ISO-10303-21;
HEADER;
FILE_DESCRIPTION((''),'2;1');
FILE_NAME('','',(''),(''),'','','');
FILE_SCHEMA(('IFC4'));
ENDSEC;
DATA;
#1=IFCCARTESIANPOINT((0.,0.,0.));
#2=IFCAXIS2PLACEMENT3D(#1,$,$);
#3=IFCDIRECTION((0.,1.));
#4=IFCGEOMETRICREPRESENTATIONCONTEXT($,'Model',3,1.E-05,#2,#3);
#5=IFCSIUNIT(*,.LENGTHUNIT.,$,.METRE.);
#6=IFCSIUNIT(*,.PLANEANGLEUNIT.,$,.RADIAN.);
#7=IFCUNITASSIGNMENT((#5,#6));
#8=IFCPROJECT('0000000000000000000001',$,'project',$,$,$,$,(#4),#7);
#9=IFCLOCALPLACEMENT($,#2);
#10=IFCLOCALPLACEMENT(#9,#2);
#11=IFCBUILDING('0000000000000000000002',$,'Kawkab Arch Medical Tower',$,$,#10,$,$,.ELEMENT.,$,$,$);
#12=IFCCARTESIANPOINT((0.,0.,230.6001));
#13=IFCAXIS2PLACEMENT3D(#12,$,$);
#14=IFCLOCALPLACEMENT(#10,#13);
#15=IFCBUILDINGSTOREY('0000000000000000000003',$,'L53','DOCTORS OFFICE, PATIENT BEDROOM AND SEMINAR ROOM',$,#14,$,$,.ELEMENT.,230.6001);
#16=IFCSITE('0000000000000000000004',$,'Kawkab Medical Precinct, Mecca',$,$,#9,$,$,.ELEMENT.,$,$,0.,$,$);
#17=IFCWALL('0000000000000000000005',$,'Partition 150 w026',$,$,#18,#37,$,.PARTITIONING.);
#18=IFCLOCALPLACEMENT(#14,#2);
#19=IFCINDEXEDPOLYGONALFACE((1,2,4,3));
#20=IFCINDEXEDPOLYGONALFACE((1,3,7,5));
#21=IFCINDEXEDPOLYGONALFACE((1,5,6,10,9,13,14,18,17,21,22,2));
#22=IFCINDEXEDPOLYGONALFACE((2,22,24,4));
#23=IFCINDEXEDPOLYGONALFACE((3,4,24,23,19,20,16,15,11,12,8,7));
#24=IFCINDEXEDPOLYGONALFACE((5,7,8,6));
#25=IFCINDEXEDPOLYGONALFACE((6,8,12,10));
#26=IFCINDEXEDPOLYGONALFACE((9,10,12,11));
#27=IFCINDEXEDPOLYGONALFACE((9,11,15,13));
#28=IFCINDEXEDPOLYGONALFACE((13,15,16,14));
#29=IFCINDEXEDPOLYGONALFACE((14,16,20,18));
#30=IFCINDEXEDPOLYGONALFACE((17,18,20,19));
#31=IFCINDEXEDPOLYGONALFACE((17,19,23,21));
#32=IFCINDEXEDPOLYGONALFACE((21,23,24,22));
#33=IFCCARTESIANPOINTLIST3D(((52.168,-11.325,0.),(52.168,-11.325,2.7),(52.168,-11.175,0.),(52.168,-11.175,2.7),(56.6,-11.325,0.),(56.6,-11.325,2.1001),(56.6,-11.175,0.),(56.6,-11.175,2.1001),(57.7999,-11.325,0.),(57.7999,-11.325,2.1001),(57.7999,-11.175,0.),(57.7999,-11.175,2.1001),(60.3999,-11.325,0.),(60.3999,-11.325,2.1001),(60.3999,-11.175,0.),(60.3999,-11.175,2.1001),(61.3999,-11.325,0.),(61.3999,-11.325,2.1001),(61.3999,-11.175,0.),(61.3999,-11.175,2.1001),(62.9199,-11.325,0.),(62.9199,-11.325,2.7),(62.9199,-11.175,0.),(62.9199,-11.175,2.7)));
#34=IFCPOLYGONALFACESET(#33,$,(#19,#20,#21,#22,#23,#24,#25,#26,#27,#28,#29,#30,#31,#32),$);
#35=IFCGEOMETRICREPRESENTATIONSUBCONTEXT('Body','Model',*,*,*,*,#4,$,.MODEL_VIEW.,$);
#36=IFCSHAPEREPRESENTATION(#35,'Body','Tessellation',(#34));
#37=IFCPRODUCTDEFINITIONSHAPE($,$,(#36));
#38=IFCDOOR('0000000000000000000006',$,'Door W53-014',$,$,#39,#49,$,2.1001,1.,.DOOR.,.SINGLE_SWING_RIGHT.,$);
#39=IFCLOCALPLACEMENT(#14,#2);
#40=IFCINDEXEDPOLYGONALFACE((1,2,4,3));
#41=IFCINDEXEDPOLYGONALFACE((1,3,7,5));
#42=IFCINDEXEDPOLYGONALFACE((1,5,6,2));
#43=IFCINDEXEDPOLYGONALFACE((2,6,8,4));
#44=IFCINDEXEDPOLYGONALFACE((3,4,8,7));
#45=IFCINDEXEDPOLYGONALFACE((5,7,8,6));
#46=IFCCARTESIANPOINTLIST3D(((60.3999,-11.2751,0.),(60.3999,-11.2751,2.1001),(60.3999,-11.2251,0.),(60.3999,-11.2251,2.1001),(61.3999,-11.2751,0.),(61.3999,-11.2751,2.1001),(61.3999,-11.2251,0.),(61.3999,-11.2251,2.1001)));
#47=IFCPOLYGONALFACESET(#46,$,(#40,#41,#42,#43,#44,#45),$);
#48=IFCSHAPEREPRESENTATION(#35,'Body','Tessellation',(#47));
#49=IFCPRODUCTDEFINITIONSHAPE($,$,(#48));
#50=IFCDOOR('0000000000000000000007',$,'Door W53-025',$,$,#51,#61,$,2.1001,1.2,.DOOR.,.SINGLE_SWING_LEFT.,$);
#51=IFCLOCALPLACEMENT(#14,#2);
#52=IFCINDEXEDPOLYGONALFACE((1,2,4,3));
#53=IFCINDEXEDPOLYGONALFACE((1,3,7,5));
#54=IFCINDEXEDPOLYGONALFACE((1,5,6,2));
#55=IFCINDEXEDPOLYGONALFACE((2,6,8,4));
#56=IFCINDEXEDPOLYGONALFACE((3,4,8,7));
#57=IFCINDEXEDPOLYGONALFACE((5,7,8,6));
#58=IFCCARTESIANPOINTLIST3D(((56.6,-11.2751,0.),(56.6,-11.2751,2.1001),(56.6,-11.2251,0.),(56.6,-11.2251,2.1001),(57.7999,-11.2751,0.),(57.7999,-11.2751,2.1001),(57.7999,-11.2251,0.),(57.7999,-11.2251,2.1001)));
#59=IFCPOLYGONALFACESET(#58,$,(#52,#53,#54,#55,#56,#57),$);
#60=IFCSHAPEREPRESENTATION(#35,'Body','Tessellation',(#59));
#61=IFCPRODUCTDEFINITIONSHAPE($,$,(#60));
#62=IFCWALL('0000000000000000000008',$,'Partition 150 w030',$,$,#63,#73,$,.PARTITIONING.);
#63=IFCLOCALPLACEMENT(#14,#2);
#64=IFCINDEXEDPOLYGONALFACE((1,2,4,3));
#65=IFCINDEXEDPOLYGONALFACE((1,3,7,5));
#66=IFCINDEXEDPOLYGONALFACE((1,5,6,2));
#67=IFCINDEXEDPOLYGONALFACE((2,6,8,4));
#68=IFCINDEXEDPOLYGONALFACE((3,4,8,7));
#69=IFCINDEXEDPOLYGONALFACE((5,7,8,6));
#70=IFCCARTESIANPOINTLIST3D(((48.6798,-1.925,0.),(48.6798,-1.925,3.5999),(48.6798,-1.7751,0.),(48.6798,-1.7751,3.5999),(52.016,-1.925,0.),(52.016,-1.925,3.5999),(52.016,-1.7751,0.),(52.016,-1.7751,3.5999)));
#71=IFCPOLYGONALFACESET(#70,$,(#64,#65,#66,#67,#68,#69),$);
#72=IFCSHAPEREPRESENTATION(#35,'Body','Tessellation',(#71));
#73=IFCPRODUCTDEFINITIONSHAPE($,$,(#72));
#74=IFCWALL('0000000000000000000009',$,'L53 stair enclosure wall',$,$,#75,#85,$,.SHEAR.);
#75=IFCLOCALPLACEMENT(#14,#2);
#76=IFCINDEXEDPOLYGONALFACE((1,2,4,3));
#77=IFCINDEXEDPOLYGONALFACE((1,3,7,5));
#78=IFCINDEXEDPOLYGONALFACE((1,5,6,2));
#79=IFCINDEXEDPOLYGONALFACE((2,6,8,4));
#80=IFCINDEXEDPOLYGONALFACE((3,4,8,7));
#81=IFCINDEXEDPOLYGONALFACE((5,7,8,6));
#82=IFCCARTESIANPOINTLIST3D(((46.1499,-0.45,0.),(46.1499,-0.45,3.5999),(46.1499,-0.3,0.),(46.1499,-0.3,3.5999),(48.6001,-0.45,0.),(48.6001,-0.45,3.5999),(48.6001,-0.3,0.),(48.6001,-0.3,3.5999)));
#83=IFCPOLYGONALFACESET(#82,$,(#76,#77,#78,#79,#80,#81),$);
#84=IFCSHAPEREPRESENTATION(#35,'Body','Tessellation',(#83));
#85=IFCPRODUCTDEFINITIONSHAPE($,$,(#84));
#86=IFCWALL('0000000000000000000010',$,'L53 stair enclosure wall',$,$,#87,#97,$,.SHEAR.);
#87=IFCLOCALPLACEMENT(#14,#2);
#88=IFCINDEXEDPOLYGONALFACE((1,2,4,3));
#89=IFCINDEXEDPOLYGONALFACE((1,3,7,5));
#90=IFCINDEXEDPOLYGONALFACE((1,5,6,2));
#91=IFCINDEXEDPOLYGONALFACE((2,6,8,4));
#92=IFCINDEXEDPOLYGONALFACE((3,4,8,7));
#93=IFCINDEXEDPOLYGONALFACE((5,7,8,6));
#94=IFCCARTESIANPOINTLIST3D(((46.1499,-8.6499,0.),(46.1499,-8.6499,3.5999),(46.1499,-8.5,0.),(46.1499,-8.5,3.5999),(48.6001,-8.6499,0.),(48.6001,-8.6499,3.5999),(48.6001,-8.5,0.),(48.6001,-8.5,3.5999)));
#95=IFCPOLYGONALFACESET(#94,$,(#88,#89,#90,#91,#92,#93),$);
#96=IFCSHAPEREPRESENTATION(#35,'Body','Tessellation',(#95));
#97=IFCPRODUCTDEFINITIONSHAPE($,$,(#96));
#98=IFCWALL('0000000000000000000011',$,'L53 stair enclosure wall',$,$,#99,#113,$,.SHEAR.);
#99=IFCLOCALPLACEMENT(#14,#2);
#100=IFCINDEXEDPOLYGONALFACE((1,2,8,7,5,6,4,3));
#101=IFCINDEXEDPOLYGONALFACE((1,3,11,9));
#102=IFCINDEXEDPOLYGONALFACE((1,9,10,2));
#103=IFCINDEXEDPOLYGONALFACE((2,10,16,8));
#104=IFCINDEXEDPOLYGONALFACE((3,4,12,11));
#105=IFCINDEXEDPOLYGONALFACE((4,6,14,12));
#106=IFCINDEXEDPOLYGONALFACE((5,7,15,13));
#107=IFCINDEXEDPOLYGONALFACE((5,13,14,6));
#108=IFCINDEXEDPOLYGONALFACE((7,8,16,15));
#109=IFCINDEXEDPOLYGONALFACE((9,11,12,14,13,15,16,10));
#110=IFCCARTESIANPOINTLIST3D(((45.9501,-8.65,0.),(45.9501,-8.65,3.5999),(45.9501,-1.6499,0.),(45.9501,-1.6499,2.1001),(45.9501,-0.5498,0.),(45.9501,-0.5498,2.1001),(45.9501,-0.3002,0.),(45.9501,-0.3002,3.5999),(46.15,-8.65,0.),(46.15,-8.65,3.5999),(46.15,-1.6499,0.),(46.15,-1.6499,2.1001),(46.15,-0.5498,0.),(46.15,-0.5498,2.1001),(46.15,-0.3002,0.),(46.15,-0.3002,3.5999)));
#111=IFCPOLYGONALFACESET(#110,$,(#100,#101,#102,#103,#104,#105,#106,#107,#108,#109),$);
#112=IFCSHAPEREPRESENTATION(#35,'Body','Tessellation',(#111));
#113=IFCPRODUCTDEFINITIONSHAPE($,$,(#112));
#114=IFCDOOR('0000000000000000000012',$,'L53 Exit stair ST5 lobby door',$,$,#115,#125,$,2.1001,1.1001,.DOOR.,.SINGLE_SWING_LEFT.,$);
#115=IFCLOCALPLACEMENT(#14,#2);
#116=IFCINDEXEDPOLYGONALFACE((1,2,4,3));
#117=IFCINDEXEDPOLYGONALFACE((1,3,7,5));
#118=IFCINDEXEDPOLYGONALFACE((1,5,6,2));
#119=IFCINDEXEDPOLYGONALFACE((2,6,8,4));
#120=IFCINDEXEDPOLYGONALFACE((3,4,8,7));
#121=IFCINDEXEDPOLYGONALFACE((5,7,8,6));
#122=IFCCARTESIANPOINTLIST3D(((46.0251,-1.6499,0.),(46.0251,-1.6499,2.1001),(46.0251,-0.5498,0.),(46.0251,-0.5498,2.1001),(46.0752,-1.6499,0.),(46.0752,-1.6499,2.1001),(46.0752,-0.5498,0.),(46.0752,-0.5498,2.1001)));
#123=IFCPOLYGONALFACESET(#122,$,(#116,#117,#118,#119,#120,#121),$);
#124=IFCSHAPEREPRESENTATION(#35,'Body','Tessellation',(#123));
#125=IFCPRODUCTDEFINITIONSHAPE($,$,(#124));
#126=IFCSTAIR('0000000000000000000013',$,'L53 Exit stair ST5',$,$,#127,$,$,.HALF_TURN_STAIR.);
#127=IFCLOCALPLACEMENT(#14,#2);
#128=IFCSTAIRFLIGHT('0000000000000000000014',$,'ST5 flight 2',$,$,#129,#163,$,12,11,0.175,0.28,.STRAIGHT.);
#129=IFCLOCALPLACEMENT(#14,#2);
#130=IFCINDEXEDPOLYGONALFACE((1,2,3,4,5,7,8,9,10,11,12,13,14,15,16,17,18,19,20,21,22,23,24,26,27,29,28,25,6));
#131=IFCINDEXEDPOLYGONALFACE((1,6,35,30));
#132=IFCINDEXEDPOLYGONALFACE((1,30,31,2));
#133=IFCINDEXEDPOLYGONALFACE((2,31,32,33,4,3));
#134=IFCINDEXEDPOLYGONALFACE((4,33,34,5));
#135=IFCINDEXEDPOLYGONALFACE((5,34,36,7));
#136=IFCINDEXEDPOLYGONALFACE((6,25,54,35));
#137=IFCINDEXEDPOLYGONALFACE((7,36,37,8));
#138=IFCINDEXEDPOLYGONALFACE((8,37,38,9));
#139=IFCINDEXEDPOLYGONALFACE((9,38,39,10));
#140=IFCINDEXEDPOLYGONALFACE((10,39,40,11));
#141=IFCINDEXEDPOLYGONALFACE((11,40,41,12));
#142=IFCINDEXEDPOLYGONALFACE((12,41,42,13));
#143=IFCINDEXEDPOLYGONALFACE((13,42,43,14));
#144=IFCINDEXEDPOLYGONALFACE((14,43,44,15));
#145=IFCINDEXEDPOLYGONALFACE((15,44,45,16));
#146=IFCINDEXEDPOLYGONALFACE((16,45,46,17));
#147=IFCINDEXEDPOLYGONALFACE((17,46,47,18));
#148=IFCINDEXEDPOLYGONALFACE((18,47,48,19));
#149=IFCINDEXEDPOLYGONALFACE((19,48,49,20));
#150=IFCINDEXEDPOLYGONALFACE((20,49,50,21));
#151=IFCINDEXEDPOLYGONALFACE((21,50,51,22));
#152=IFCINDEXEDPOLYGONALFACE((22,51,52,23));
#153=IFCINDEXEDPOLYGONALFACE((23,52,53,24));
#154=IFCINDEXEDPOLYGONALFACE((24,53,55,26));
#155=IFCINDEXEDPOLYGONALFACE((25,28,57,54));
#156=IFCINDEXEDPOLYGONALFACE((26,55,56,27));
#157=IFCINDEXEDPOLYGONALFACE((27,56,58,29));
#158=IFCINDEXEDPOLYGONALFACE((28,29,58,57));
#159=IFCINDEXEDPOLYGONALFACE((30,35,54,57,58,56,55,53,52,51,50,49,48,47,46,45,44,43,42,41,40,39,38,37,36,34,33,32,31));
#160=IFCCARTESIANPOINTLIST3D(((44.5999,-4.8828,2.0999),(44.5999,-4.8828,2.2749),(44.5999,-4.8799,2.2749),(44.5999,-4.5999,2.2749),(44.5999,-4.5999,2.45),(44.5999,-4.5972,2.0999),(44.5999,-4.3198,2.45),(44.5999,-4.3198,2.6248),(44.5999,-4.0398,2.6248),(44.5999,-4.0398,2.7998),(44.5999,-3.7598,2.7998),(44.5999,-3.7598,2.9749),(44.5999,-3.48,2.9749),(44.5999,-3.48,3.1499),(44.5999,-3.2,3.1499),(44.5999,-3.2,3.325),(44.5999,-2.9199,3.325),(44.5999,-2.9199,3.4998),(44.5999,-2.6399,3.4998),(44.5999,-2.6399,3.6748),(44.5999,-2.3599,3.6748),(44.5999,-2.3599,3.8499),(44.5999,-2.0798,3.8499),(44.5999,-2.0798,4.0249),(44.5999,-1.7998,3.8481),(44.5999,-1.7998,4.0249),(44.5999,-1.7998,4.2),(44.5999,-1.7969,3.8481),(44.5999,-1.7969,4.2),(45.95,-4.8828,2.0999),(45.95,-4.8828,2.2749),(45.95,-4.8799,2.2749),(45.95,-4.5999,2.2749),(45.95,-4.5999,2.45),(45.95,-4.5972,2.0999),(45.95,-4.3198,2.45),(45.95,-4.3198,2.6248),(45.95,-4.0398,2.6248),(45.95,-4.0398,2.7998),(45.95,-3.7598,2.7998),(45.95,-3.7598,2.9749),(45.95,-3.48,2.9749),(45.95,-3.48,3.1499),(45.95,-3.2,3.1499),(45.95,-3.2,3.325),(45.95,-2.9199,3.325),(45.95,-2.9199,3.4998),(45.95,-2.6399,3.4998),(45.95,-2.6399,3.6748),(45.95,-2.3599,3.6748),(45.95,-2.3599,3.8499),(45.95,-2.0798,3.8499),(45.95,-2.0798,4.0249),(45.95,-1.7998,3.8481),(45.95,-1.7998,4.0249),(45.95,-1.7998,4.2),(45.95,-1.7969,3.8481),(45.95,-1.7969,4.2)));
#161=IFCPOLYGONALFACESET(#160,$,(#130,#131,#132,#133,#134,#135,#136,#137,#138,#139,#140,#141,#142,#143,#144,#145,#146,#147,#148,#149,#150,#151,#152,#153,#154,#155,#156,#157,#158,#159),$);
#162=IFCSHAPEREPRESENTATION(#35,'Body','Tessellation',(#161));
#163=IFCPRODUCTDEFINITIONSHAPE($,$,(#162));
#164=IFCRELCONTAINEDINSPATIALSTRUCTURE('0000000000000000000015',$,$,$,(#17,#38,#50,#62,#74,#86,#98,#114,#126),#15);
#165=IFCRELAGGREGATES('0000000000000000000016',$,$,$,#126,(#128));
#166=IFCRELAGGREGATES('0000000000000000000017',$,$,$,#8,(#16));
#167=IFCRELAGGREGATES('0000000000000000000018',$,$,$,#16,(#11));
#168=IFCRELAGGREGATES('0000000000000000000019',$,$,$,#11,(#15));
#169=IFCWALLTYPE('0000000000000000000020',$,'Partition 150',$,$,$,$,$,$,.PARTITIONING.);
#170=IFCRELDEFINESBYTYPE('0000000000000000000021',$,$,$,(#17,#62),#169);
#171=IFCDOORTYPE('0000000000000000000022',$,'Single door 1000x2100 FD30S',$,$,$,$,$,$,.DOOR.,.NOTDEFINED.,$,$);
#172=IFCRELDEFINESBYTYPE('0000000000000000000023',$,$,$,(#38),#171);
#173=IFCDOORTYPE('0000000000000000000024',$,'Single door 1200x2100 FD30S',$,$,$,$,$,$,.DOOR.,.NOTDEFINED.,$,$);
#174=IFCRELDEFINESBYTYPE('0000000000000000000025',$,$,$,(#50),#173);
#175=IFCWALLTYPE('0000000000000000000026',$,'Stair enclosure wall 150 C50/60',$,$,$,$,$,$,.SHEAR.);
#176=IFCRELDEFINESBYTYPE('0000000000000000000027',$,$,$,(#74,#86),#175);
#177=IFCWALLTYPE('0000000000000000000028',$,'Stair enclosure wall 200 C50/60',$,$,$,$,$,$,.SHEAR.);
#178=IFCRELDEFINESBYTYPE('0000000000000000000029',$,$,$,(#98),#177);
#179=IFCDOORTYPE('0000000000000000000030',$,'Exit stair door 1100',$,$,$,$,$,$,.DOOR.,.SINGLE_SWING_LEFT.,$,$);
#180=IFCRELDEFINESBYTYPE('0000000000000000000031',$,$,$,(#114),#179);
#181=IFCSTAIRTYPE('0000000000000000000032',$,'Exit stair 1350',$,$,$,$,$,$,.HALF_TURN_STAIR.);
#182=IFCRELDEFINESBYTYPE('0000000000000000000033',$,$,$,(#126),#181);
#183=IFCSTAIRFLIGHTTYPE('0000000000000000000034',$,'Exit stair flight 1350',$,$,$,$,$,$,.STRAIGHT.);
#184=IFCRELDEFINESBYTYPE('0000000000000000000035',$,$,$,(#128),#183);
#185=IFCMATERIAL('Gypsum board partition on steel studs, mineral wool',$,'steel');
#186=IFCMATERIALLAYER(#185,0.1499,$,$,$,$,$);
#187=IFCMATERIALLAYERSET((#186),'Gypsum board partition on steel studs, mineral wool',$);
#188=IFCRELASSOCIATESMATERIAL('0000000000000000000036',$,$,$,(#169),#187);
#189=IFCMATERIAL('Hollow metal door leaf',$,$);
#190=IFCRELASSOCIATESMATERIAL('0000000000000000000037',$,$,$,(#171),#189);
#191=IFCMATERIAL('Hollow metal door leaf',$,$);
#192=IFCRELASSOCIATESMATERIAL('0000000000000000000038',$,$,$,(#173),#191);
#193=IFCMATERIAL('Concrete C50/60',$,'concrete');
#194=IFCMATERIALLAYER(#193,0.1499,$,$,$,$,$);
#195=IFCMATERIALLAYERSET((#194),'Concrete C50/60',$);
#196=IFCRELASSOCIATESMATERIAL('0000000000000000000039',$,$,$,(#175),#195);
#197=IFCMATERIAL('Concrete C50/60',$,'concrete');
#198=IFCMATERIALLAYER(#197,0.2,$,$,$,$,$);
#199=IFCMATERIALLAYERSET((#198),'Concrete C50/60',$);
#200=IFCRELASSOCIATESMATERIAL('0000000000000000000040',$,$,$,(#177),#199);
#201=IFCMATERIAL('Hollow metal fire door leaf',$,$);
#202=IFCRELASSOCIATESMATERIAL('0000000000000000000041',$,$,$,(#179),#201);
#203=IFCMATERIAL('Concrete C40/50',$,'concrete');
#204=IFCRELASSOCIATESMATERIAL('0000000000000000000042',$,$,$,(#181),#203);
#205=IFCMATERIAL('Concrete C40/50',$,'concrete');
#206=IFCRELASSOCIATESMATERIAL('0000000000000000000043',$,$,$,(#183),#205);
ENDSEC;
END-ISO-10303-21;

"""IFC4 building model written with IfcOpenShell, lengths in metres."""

from ifc_helpers import new_model, si_unit, direction, frame, frame_2d, origin, place, context, subcontext, project, spatial, polyline, rectangle, outline, extrude, material, layer, layer_set, type_object, element, fill, aggregate, save


model = new_model("IFC4")

# Units and contexts
model_context = context("Model", 3, precision=1e-05, world=origin(), true_north=direction((0.0, 1.0)))
body_context = subcontext(model_context, "Body", "Model", "MODEL_VIEW")
ifc_project = project(units=[si_unit("LENGTHUNIT", "METRE"), si_unit("PLANEANGLEUNIT", "RADIAN")], contexts=[model_context])

# Site, building, storey
site_placement = place(None, origin())
site = spatial("IfcSite", under=ifc_project, at=site_placement, Name="Kawkab Medical Precinct, Mecca", CompositionType="ELEMENT", RefElevation=0.0)
building_placement = place(site_placement, origin())
building = spatial("IfcBuilding", under=site, at=building_placement, Name="Kawkab Arch Medical Tower", CompositionType="ELEMENT")
storey_placement = place(building_placement, frame((0.0, 0.0, 230.6001)))
storey = spatial("IfcBuildingStorey", under=building, at=storey_placement, Name="L53", Description="DOCTORS OFFICE, PATIENT BEDROOM AND SEMINAR ROOM", CompositionType="ELEMENT", Elevation=230.6001)

# Shared definitions
placement = place(storey_placement, origin())

# Wall, openings, doors
ifc_material_1 = material(Name="Gypsum board partition on steel studs, mineral wool", Category="steel")
ifc_layer_1 = layer(ifc_material_1, 0.1499)
ifc_layer_set_1 = layer_set([ifc_layer_1], Name="Gypsum board partition on steel studs, mineral wool")
wall_type_1 = type_object("IfcWallType", Name="Partition 150", PredefinedType="PARTITIONING", material=ifc_layer_set_1)
wall_1_placement = place(storey_placement, frame((52.168, -11.25, 0.0), z_axis=(0.0, 0.0, 1.0), x_axis=(1.0, 0.0, 0.0)))
wall_1 = element("IfcWall", 1, at=wall_1_placement, inside=storey, type_object=wall_type_1, Name="Partition 150 w026", PredefinedType="PARTITIONING", context=body_context, shape_type="SweptSolid", body=[
    extrude(rectangle(XDim=10.752, YDim=0.1499, at=frame_2d((5.376, 0.0))), origin(), (0.0, 0.0, 1.0), 2.7),
])
opening_1_placement = place(wall_1_placement, frame((4.4319, 0.0, 0.0)))
opening_1 = element("IfcOpeningElement", 2, at=opening_1_placement, cuts=wall_1, PredefinedType="OPENING", context=body_context, shape_type="SweptSolid", body=[
    extrude(rectangle(XDim=1.2, YDim=2.1001, at=frame_2d((0.6001, 1.05))), frame((0.0, 0.085, 0.0), z_axis=(0.0, -1.0, 0.0), x_axis=(1.0, 0.0, 0.0)), (0.0, 0.0, 1.0), 0.1699),
])
opening_2_placement = place(wall_1_placement, frame((8.2319, 0.0, 0.0)))
opening_2 = element("IfcOpeningElement", 3, at=opening_2_placement, cuts=wall_1, PredefinedType="OPENING", context=body_context, shape_type="SweptSolid", body=[
    extrude(rectangle(XDim=1.0, YDim=2.1001, at=frame_2d((0.5, 1.05))), frame((0.0, 0.085, 0.0), z_axis=(0.0, -1.0, 0.0), x_axis=(1.0, 0.0, 0.0)), (0.0, 0.0, 1.0), 0.1699),
])
ifc_material_2 = material(Name="Hollow metal door leaf")
door_type_1 = type_object("IfcDoorType", Name="Single door 1000x2100 FD30S", OperationType="NOTDEFINED", PredefinedType="DOOR", material=ifc_material_2)
door_1_placement = place(opening_2_placement, origin())
door_1 = element("IfcDoor", 4, at=door_1_placement, inside=storey, type_object=door_type_1, Name="Door W53-014", OperationType="SINGLE_SWING_RIGHT", OverallHeight=2.1001, OverallWidth=1.0, PredefinedType="DOOR", context=body_context, shape_type="SweptSolid", body=[
    extrude(rectangle(XDim=1.0, YDim=2.1001, at=frame_2d((0.5, 1.05))), frame((0.0, 0.0249, 0.0), z_axis=(0.0, -1.0, 0.0), x_axis=(1.0, 0.0, 0.0)), (0.0, 0.0, 1.0), 0.05),
])
fill(opening_2, door_1)
ifc_material_3 = material(Name="Hollow metal door leaf")
door_type_2 = type_object("IfcDoorType", Name="Single door 1200x2100 FD30S", OperationType="NOTDEFINED", PredefinedType="DOOR", material=ifc_material_3)
door_2_placement = place(opening_1_placement, origin())
door_2 = element("IfcDoor", 5, at=door_2_placement, inside=storey, type_object=door_type_2, Name="Door W53-025", OperationType="SINGLE_SWING_LEFT", OverallHeight=2.1001, OverallWidth=1.2, PredefinedType="DOOR", context=body_context, shape_type="SweptSolid", body=[
    extrude(rectangle(XDim=1.2, YDim=2.1001, at=frame_2d((0.6001, 1.05))), frame((0.0, 0.0249, 0.0), z_axis=(0.0, -1.0, 0.0), x_axis=(1.0, 0.0, 0.0)), (0.0, 0.0, 1.0), 0.05),
])
fill(opening_1, door_2)

# Walls
wall_2_placement = place(storey_placement, frame((48.6799, -1.8501, 0.0), z_axis=(0.0, 0.0, 1.0), x_axis=(1.0, 0.0, 0.0)))
element("IfcWall", 6, at=wall_2_placement, inside=storey, type_object=wall_type_1, Name="Partition 150 w030", PredefinedType="PARTITIONING", context=body_context, shape_type="SweptSolid", body=[
    extrude(rectangle(XDim=3.3362, YDim=0.1499, at=frame_2d((1.668, 0.0))), origin(), (0.0, 0.0, 1.0), 3.5999),
])
ifc_material_4 = material(Name="Concrete C50/60", Category="concrete")
ifc_layer_2 = layer(ifc_material_4, 0.1499)
ifc_layer_set_2 = layer_set([ifc_layer_2], Name="Concrete C50/60")
wall_type_2 = type_object("IfcWallType", Name="Stair enclosure wall 150 C50/60", PredefinedType="SHEAR", material=ifc_layer_set_2)
for number, where, z_axis, x_axis, name in (
    (7, (46.1499, -0.375, 0.0), (0.0, 0.0, 1.0), (1.0, 0.0, 0.0), "L53 stair enclosure wall"),
    (8, (46.1499, -8.575, 0.0), (0.0, 0.0, 1.0), (1.0, 0.0, 0.0), "L53 stair enclosure wall"),
):
    element("IfcWall", number, at=place(storey_placement, frame(where, z_axis=z_axis, x_axis=x_axis)), inside=storey, type_object=wall_type_2, Name=name, PredefinedType="SHEAR", context=body_context, shape_type="SweptSolid", body=[
        extrude(rectangle(XDim=2.4502, YDim=0.1499, at=frame_2d((1.2251, 0.0))), origin(), (0.0, 0.0, 1.0), 3.5999),
    ])

# Wall, opening, door
ifc_material_5 = material(Name="Concrete C50/60", Category="concrete")
ifc_layer_3 = layer(ifc_material_5, 0.2)
ifc_layer_set_3 = layer_set([ifc_layer_3], Name="Concrete C50/60")
wall_type_3 = type_object("IfcWallType", Name="Stair enclosure wall 200 C50/60", PredefinedType="SHEAR", material=ifc_layer_set_3)
wall_3_placement = place(storey_placement, frame((46.05, -8.6499, 0.0), z_axis=(0.0, 0.0, 1.0), x_axis=(0.0, 1.0, 0.0)))
wall_3 = element("IfcWall", 9, at=wall_3_placement, inside=storey, type_object=wall_type_3, Name="L53 stair enclosure wall", PredefinedType="SHEAR", context=body_context, shape_type="SweptSolid", body=[
    extrude(rectangle(XDim=8.3499, YDim=0.2, at=frame_2d((4.1748, 0.0))), origin(), (0.0, 0.0, 1.0), 3.5999),
])
opening_3_placement = place(wall_3_placement, frame((7.0, 0.0, 0.0)))
opening_3 = element("IfcOpeningElement", 10, at=opening_3_placement, cuts=wall_3, PredefinedType="OPENING", context=body_context, shape_type="SweptSolid", body=[
    extrude(rectangle(XDim=1.1001, YDim=2.1001, at=frame_2d((0.55, 1.05))), frame((0.0, 0.1099, 0.0), z_axis=(0.0, -1.0, 0.0), x_axis=(1.0, 0.0, 0.0)), (0.0, 0.0, 1.0), 0.22),
])
ifc_material_6 = material(Name="Hollow metal fire door leaf")
door_type_3 = type_object("IfcDoorType", Name="Exit stair door 1100", OperationType="SINGLE_SWING_LEFT", PredefinedType="DOOR", material=ifc_material_6)
door_3_placement = place(opening_3_placement, origin())
door_3 = element("IfcDoor", 11, at=door_3_placement, inside=storey, type_object=door_type_3, Name="L53 Exit stair ST5 lobby door", OperationType="SINGLE_SWING_LEFT", OverallHeight=2.1001, OverallWidth=1.1001, PredefinedType="DOOR", context=body_context, shape_type="SweptSolid", body=[
    extrude(rectangle(XDim=1.1001, YDim=2.1001, at=frame_2d((0.55, 1.05))), frame((0.0, 0.0249, 0.0), z_axis=(0.0, -1.0, 0.0), x_axis=(1.0, 0.0, 0.0)), (0.0, 0.0, 1.0), 0.05),
])
fill(opening_3, door_3)

# Stair, stair flight
ifc_material_7 = material(Name="Concrete C40/50", Category="concrete")
stair_type = type_object("IfcStairType", Name="Exit stair 1350", PredefinedType="HALF_TURN_STAIR", material=ifc_material_7)
stair = element("IfcStair", 12, at=placement, inside=storey, type_object=stair_type, Name="L53 Exit stair ST5", PredefinedType="HALF_TURN_STAIR")
ifc_material_8 = material(Name="Concrete C40/50", Category="concrete")
stair_flight_type = type_object("IfcStairFlightType", Name="Exit stair flight 1350", PredefinedType="STRAIGHT", material=ifc_material_8)
stair_flight_placement = place(storey_placement, frame((45.2749, -4.8799, 2.0999), z_axis=(0.0, 0.0, 1.0), x_axis=(0.0, 1.0, 0.0)))
stair_flight = element("IfcStairFlight", 13, at=stair_flight_placement, type_object=stair_flight_type, Name="ST5 flight 2", NumberOfRisers=12, NumberOfTreads=11, PredefinedType="STRAIGHT", RiserHeight=0.175, TreadLength=0.28, context=body_context, shape_type="SweptSolid", body=[
    extrude(outline(polyline([(-0.0029, 0.0), (-0.0029, 0.175), (0.0, 0.175), (0.28, 0.175), (0.28, 0.3501), (0.5601, 0.3501), (0.5601, 0.5249), (0.8401, 0.5249), (0.8401, 0.7), (1.1201, 0.7), (1.1201, 0.875), (1.3999, 0.875), (1.3999, 1.05), (1.6799, 1.05), (1.6799, 1.2251), (1.96, 1.2251), (1.96, 1.3999), (2.24, 1.3999), (2.24, 1.575), (2.52, 1.575), (2.52, 1.75), (2.8, 1.75), (2.8, 1.925), (3.0801, 1.925), (3.0801, 2.1001), (3.083, 2.1001), (3.083, 1.7483), (3.0801, 1.7483), (0.2827, 0.0), (-0.0029, 0.0)])), frame((0.0, 0.675, 0.0), z_axis=(0.0, -1.0, 0.0), x_axis=(1.0, 0.0, 0.0)), (0.0, 0.0, 1.0), 1.3501),
])
aggregate(stair, [stair_flight])

save(model, "model.ifc")
